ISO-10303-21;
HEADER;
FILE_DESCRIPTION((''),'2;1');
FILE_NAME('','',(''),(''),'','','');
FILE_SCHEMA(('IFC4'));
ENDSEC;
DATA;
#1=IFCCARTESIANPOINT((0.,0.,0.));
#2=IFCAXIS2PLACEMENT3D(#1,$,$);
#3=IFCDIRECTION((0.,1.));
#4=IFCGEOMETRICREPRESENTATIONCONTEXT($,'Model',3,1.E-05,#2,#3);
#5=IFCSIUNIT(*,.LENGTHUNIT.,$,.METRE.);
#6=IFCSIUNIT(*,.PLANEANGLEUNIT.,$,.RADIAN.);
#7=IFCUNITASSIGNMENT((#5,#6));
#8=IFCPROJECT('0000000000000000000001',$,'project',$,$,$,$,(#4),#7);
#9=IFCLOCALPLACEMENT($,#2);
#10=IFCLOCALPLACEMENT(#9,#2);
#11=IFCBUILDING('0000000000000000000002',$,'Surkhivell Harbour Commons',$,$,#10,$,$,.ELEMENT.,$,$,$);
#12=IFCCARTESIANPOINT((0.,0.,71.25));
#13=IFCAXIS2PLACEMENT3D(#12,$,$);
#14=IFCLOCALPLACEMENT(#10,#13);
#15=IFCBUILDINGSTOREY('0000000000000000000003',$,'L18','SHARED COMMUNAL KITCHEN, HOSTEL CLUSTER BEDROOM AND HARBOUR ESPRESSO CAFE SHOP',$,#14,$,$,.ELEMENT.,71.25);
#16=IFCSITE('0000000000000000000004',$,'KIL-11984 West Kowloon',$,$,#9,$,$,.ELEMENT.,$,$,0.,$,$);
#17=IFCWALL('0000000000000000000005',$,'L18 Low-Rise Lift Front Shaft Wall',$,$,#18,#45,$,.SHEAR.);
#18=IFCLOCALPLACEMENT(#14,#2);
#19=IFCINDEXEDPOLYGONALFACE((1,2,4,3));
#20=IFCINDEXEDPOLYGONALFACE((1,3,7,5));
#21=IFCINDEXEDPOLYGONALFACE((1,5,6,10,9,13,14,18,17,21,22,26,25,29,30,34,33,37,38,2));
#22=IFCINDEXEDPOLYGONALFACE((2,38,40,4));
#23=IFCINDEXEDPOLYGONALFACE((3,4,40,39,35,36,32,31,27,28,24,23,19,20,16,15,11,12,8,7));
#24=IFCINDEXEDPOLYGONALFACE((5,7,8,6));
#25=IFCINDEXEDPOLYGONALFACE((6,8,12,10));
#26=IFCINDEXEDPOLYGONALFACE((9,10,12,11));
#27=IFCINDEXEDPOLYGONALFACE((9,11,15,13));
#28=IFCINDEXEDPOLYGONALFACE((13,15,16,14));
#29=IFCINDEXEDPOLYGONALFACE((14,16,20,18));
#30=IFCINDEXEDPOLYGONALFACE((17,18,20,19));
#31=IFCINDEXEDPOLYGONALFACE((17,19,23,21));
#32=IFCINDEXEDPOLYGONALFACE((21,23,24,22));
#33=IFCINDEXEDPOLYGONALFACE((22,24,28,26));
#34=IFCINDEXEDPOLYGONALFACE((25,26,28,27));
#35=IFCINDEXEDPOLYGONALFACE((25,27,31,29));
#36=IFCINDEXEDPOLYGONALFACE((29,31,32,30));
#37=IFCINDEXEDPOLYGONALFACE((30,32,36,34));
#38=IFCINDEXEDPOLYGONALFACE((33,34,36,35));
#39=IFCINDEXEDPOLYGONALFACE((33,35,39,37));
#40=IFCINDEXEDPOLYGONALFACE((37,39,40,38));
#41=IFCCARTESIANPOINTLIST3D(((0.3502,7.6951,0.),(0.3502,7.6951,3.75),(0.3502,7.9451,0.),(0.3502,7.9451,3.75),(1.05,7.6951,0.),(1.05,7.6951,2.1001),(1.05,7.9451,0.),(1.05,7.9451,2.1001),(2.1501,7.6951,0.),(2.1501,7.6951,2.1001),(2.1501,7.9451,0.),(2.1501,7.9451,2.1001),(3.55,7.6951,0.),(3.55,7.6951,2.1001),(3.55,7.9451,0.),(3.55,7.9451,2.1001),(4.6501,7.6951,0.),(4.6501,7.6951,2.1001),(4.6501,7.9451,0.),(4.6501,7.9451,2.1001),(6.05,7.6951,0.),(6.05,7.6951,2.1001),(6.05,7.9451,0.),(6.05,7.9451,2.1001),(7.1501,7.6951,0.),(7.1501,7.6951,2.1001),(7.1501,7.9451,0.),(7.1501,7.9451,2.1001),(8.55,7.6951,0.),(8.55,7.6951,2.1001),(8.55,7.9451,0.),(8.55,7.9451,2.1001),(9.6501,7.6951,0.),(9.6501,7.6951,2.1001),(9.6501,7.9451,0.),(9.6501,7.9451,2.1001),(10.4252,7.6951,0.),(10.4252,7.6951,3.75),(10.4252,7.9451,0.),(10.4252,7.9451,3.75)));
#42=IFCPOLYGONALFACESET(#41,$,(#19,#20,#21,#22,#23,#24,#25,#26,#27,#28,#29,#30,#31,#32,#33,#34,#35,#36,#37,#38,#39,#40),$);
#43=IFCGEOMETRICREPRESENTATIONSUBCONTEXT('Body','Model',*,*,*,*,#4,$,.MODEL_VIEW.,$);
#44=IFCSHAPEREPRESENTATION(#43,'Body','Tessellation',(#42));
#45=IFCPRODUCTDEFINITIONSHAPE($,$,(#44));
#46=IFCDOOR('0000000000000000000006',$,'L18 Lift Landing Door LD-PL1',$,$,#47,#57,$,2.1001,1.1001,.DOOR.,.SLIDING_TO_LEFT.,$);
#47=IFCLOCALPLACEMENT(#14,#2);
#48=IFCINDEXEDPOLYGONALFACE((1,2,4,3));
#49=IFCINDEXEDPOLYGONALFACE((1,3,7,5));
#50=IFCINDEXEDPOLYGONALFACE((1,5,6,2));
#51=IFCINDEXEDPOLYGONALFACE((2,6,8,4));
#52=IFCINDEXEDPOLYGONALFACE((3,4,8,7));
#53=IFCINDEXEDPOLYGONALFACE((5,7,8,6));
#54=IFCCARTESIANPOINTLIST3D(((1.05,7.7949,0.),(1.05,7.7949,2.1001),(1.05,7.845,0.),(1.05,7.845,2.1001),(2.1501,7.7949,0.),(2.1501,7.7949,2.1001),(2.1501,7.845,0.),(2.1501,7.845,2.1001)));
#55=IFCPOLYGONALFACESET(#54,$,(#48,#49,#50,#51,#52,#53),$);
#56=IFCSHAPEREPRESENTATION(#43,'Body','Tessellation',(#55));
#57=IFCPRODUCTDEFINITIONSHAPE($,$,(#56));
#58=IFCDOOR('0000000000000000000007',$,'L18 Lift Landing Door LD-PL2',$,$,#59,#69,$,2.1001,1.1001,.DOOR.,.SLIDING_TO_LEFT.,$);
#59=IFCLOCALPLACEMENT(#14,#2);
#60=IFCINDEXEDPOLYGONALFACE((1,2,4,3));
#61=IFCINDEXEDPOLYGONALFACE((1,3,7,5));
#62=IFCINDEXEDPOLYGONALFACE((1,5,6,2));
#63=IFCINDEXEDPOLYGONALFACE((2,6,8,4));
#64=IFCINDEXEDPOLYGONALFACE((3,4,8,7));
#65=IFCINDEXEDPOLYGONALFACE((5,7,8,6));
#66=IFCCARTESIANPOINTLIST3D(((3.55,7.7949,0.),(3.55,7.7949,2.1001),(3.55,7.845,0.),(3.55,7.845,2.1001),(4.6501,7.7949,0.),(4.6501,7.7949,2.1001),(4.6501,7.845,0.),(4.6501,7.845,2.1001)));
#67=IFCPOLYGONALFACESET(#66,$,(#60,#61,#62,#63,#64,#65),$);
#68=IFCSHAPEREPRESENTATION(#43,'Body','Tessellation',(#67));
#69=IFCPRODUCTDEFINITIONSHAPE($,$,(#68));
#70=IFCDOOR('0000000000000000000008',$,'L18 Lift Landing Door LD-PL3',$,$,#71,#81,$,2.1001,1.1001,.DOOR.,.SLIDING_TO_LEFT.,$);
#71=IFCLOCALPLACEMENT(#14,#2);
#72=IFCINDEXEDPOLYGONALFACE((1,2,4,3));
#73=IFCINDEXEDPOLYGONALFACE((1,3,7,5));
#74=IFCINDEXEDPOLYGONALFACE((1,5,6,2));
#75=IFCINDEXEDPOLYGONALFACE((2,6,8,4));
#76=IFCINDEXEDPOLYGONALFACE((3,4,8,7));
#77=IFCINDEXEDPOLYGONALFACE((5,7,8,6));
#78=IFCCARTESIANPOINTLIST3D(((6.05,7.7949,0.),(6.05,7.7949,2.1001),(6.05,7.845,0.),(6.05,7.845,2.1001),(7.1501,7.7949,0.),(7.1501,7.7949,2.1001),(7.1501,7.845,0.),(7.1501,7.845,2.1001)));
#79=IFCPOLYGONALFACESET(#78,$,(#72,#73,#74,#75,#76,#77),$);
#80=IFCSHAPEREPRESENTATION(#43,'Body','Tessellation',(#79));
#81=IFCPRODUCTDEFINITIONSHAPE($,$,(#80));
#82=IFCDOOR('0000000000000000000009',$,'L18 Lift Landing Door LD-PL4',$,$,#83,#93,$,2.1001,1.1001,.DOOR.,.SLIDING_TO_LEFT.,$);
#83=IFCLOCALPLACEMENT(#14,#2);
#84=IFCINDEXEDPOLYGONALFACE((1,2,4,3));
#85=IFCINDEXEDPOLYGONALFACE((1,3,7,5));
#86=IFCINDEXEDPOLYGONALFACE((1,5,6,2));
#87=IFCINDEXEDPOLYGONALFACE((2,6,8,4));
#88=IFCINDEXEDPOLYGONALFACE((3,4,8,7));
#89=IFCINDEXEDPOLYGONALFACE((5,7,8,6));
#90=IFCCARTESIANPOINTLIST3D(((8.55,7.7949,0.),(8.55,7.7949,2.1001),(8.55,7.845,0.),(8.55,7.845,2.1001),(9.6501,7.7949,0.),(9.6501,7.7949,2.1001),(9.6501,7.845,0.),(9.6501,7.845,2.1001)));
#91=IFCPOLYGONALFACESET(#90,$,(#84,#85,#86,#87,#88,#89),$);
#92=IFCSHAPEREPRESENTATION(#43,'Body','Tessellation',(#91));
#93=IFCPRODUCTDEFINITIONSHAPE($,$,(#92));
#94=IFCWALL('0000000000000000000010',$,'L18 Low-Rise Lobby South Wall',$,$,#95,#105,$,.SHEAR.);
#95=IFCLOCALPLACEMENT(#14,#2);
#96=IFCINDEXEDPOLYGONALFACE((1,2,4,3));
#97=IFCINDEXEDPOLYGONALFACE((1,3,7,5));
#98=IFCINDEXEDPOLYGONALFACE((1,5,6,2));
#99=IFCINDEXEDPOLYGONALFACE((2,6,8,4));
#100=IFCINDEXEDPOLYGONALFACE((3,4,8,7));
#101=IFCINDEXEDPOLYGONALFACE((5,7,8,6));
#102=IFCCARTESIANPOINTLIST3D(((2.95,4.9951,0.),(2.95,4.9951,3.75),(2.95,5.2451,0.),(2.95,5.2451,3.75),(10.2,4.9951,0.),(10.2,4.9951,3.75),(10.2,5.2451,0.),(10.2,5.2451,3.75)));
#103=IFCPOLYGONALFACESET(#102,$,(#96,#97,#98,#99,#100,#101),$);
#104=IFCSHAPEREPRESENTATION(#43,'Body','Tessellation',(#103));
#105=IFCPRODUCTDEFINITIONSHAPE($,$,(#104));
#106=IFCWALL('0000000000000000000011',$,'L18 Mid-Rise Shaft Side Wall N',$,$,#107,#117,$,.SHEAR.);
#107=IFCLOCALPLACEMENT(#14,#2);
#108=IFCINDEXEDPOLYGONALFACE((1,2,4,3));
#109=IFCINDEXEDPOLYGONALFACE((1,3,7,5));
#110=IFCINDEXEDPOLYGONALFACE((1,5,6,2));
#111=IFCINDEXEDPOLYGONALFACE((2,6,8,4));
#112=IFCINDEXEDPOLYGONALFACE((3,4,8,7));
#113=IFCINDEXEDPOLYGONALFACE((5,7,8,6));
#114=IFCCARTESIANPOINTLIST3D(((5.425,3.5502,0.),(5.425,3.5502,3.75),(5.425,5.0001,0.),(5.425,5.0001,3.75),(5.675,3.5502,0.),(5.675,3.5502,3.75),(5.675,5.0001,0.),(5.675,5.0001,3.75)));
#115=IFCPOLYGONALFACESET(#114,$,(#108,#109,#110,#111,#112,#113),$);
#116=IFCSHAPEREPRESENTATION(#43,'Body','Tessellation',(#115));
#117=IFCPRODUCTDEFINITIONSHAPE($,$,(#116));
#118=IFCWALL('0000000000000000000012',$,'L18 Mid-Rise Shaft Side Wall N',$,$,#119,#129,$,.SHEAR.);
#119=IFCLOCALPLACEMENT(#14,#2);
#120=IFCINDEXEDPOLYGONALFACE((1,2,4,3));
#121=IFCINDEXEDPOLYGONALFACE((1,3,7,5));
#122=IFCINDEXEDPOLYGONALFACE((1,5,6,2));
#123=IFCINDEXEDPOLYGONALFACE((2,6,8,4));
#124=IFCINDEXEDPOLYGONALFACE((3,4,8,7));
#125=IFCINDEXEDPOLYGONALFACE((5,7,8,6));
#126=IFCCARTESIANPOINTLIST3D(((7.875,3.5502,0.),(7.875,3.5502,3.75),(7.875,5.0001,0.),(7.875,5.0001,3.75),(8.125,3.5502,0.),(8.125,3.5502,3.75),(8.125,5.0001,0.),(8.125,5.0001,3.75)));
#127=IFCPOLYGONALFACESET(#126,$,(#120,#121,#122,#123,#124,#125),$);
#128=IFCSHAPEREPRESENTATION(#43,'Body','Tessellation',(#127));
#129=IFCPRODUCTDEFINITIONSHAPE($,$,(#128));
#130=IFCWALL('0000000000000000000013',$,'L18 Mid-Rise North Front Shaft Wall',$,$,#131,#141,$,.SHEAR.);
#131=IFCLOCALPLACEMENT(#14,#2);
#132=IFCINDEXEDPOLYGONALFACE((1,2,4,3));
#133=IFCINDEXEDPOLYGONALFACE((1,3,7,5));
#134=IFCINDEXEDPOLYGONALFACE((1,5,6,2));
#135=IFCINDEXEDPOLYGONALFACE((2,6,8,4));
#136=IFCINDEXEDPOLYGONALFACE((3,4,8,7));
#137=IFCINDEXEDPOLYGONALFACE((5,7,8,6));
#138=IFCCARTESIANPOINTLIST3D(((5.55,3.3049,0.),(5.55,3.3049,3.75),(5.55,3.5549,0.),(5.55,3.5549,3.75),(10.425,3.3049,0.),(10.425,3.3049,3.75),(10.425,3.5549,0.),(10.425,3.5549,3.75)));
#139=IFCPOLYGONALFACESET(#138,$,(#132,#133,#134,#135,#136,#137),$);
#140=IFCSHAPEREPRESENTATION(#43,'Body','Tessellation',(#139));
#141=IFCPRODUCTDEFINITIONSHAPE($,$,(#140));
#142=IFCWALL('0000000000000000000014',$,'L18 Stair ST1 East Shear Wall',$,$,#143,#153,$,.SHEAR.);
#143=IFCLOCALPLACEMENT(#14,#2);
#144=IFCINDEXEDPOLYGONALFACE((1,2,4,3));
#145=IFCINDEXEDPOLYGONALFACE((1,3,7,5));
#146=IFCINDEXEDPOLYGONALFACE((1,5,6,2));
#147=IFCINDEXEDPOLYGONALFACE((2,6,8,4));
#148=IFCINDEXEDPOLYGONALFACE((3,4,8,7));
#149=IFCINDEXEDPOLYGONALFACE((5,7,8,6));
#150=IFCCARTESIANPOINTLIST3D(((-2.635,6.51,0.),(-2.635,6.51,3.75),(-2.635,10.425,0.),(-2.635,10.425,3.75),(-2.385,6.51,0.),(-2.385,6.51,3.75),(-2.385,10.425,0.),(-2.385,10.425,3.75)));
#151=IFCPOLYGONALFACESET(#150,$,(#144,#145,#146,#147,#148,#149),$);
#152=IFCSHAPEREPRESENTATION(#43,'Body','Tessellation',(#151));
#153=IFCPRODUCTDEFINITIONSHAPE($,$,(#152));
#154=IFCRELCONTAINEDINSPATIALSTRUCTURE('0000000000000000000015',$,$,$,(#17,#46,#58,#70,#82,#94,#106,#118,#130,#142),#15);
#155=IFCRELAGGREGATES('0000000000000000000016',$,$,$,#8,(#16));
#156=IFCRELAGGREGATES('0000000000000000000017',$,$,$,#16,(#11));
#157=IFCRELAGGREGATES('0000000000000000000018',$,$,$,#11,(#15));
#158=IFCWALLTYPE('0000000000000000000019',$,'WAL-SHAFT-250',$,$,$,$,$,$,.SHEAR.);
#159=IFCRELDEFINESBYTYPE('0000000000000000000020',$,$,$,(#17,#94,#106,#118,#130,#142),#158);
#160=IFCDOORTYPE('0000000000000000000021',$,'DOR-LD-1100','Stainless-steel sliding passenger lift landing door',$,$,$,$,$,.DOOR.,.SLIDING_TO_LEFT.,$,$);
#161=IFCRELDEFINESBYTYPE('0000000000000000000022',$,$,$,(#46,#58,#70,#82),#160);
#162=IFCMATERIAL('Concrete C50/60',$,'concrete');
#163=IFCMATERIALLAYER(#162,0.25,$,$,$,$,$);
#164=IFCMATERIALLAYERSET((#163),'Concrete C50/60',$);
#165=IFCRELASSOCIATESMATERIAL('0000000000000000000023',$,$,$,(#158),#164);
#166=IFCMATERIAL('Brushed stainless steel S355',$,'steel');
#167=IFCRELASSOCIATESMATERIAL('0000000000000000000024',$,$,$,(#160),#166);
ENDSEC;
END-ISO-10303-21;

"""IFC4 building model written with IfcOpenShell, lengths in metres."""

from ifc_helpers import new_model, si_unit, direction, frame, frame_2d, origin, place, context, subcontext, project, spatial, rectangle, extrude, material, layer, layer_set, type_object, element, fill, save


model = new_model("IFC4")

# Units and contexts
model_context = context("Model", 3, precision=1e-05, world=origin(), true_north=direction((0.0, 1.0)))
body_context = subcontext(model_context, "Body", "Model", "MODEL_VIEW")
ifc_project = project(units=[si_unit("LENGTHUNIT", "METRE"), si_unit("PLANEANGLEUNIT", "RADIAN")], contexts=[model_context])

# Site, building, storey
site_placement = place(None, origin())
site = spatial("IfcSite", under=ifc_project, at=site_placement, Name="KIL-11984 West Kowloon", CompositionType="ELEMENT", RefElevation=0.0)
building_placement = place(site_placement, origin())
building = spatial("IfcBuilding", under=site, at=building_placement, Name="Surkhivell Harbour Commons", CompositionType="ELEMENT")
storey_placement = place(building_placement, frame((0.0, 0.0, 71.25)))
storey = spatial("IfcBuildingStorey", under=building, at=storey_placement, Name="L18", Description="SHARED COMMUNAL KITCHEN, HOSTEL CLUSTER BEDROOM AND HARBOUR ESPRESSO CAFE SHOP", CompositionType="ELEMENT", Elevation=71.25)

# Shared definitions
ifc_material_1 = material(Name="Concrete C50/60", Category="concrete")
ifc_layer_1 = layer(ifc_material_1, 0.25)
ifc_layer_set_1 = layer_set([ifc_layer_1], Name="Concrete C50/60")
wall_type_1 = type_object("IfcWallType", Name="WAL-SHAFT-250", PredefinedType="SHEAR", material=ifc_layer_set_1)

# Wall, openings, doors
wall_1_placement = place(storey_placement, frame((0.3501, 7.8201, 0.0), z_axis=(0.0, 0.0, 1.0), x_axis=(1.0, 0.0, 0.0)))
wall_1 = element("IfcWall", 1, at=wall_1_placement, inside=storey, type_object=wall_type_1, Name="L18 Low-Rise Lift Front Shaft Wall", PredefinedType="SHEAR", context=body_context, shape_type="SweptSolid", body=[
    extrude(rectangle(XDim=10.075, YDim=0.25, at=frame_2d((5.0376, 0.0))), origin(), (0.0, 0.0, 1.0), 3.75),
])
opening_1_placement = place(wall_1_placement, frame((0.7, 0.0, 0.0)))
opening_1 = element("IfcOpeningElement", 2, at=opening_1_placement, cuts=wall_1, PredefinedType="OPENING", context=body_context, shape_type="SweptSolid", body=[
    extrude(rectangle(XDim=1.1001, YDim=2.1001, at=frame_2d((0.55, 1.05))), frame((0.0, 0.135, 0.0), z_axis=(0.0, -1.0, 0.0), x_axis=(1.0, 0.0, 0.0)), (0.0, 0.0, 1.0), 0.27),
])
opening_2_placement = place(wall_1_placement, frame((3.2, 0.0, 0.0)))
opening_2 = element("IfcOpeningElement", 3, at=opening_2_placement, cuts=wall_1, PredefinedType="OPENING", context=body_context, shape_type="SweptSolid", body=[
    extrude(rectangle(XDim=1.1001, YDim=2.1001, at=frame_2d((0.55, 1.05))), frame((0.0, 0.135, 0.0), z_axis=(0.0, -1.0, 0.0), x_axis=(1.0, 0.0, 0.0)), (0.0, 0.0, 1.0), 0.27),
])
opening_3_placement = place(wall_1_placement, frame((5.7, 0.0, 0.0)))
opening_3 = element("IfcOpeningElement", 4, at=opening_3_placement, cuts=wall_1, PredefinedType="OPENING", context=body_context, shape_type="SweptSolid", body=[
    extrude(rectangle(XDim=1.1001, YDim=2.1001, at=frame_2d((0.55, 1.05))), frame((0.0, 0.135, 0.0), z_axis=(0.0, -1.0, 0.0), x_axis=(1.0, 0.0, 0.0)), (0.0, 0.0, 1.0), 0.27),
])
opening_4_placement = place(wall_1_placement, frame((8.2, 0.0, 0.0)))
opening_4 = element("IfcOpeningElement", 5, at=opening_4_placement, cuts=wall_1, PredefinedType="OPENING", context=body_context, shape_type="SweptSolid", body=[
    extrude(rectangle(XDim=1.1001, YDim=2.1001, at=frame_2d((0.55, 1.05))), frame((0.0, 0.135, 0.0), z_axis=(0.0, -1.0, 0.0), x_axis=(1.0, 0.0, 0.0)), (0.0, 0.0, 1.0), 0.27),
])
ifc_material_2 = material(Name="Brushed stainless steel S355", Category="steel")
door_type_1 = type_object("IfcDoorType", Name="DOR-LD-1100", Description="Stainless-steel sliding passenger lift landing door", OperationType="SLIDING_TO_LEFT", PredefinedType="DOOR", material=ifc_material_2)
door_1_placement = place(opening_1_placement, origin())
door_1 = element("IfcDoor", 6, at=door_1_placement, inside=storey, type_object=door_type_1, Name="L18 Lift Landing Door LD-PL1", OperationType="SLIDING_TO_LEFT", OverallHeight=2.1001, OverallWidth=1.1001, PredefinedType="DOOR", context=body_context, shape_type="SweptSolid", body=[
    extrude(rectangle(XDim=1.1001, YDim=2.1001, at=frame_2d((0.55, 1.05))), frame((0.0, 0.0249, 0.0), z_axis=(0.0, -1.0, 0.0), x_axis=(1.0, 0.0, 0.0)), (0.0, 0.0, 1.0), 0.05),
])
fill(opening_1, door_1)
door_2_placement = place(opening_2_placement, origin())
door_2 = element("IfcDoor", 7, at=door_2_placement, inside=storey, type_object=door_type_1, Name="L18 Lift Landing Door LD-PL2", OperationType="SLIDING_TO_LEFT", OverallHeight=2.1001, OverallWidth=1.1001, PredefinedType="DOOR", context=body_context, shape_type="SweptSolid", body=[
    extrude(rectangle(XDim=1.1001, YDim=2.1001, at=frame_2d((0.55, 1.05))), frame((0.0, 0.0249, 0.0), z_axis=(0.0, -1.0, 0.0), x_axis=(1.0, 0.0, 0.0)), (0.0, 0.0, 1.0), 0.05),
])
fill(opening_2, door_2)
door_3_placement = place(opening_3_placement, origin())
door_3 = element("IfcDoor", 8, at=door_3_placement, inside=storey, type_object=door_type_1, Name="L18 Lift Landing Door LD-PL3", OperationType="SLIDING_TO_LEFT", OverallHeight=2.1001, OverallWidth=1.1001, PredefinedType="DOOR", context=body_context, shape_type="SweptSolid", body=[
    extrude(rectangle(XDim=1.1001, YDim=2.1001, at=frame_2d((0.55, 1.05))), frame((0.0, 0.0249, 0.0), z_axis=(0.0, -1.0, 0.0), x_axis=(1.0, 0.0, 0.0)), (0.0, 0.0, 1.0), 0.05),
])
fill(opening_3, door_3)
door_4_placement = place(opening_4_placement, origin())
door_4 = element("IfcDoor", 9, at=door_4_placement, inside=storey, type_object=door_type_1, Name="L18 Lift Landing Door LD-PL4", OperationType="SLIDING_TO_LEFT", OverallHeight=2.1001, OverallWidth=1.1001, PredefinedType="DOOR", context=body_context, shape_type="SweptSolid", body=[
    extrude(rectangle(XDim=1.1001, YDim=2.1001, at=frame_2d((0.55, 1.05))), frame((0.0, 0.0249, 0.0), z_axis=(0.0, -1.0, 0.0), x_axis=(1.0, 0.0, 0.0)), (0.0, 0.0, 1.0), 0.05),
])
fill(opening_4, door_4)

# Walls
wall_2_placement = place(storey_placement, frame((2.95, 5.1201, 0.0), z_axis=(0.0, 0.0, 1.0), x_axis=(1.0, 0.0, 0.0)))
element("IfcWall", 10, at=wall_2_placement, inside=storey, type_object=wall_type_1, Name="L18 Low-Rise Lobby South Wall", PredefinedType="SHEAR", context=body_context, shape_type="SweptSolid", body=[
    extrude(rectangle(XDim=7.25, YDim=0.25, at=frame_2d((3.625, 0.0))), origin(), (0.0, 0.0, 1.0), 3.75),
])
for number, where, z_axis, x_axis, name in (
    (11, (5.55, 3.55, 0.0), (0.0, 0.0, 1.0), (0.0, 1.0, 0.0), "L18 Mid-Rise Shaft Side Wall N"),
    (12, (8.0, 3.55, 0.0), (0.0, 0.0, 1.0), (0.0, 1.0, 0.0), "L18 Mid-Rise Shaft Side Wall N"),
):
    element("IfcWall", number, at=place(storey_placement, frame(where, z_axis=z_axis, x_axis=x_axis)), inside=storey, type_object=wall_type_1, Name=name, PredefinedType="SHEAR", context=body_context, shape_type="SweptSolid", body=[
        extrude(rectangle(XDim=1.45, YDim=0.25, at=frame_2d((0.7251, 0.0))), origin(), (0.0, 0.0, 1.0), 3.75),
    ])
wall_3_placement = place(storey_placement, frame((5.55, 3.4299, 0.0), z_axis=(0.0, 0.0, 1.0), x_axis=(1.0, 0.0, 0.0)))
element("IfcWall", 13, at=wall_3_placement, inside=storey, type_object=wall_type_1, Name="L18 Mid-Rise North Front Shaft Wall", PredefinedType="SHEAR", context=body_context, shape_type="SweptSolid", body=[
    extrude(rectangle(XDim=4.875, YDim=0.25, at=frame_2d((2.4375, 0.0))), origin(), (0.0, 0.0, 1.0), 3.75),
])
wall_4_placement = place(storey_placement, frame((-2.51, 6.51, 0.0), z_axis=(0.0, 0.0, 1.0), x_axis=(0.0, 1.0, 0.0)))
element("IfcWall", 14, at=wall_4_placement, inside=storey, type_object=wall_type_1, Name="L18 Stair ST1 East Shear Wall", PredefinedType="SHEAR", context=body_context, shape_type="SweptSolid", body=[
    extrude(rectangle(XDim=3.915, YDim=0.25, at=frame_2d((1.9575, 0.0))), origin(), (0.0, 0.0, 1.0), 3.75),
])

save(model, "model.ifc")
